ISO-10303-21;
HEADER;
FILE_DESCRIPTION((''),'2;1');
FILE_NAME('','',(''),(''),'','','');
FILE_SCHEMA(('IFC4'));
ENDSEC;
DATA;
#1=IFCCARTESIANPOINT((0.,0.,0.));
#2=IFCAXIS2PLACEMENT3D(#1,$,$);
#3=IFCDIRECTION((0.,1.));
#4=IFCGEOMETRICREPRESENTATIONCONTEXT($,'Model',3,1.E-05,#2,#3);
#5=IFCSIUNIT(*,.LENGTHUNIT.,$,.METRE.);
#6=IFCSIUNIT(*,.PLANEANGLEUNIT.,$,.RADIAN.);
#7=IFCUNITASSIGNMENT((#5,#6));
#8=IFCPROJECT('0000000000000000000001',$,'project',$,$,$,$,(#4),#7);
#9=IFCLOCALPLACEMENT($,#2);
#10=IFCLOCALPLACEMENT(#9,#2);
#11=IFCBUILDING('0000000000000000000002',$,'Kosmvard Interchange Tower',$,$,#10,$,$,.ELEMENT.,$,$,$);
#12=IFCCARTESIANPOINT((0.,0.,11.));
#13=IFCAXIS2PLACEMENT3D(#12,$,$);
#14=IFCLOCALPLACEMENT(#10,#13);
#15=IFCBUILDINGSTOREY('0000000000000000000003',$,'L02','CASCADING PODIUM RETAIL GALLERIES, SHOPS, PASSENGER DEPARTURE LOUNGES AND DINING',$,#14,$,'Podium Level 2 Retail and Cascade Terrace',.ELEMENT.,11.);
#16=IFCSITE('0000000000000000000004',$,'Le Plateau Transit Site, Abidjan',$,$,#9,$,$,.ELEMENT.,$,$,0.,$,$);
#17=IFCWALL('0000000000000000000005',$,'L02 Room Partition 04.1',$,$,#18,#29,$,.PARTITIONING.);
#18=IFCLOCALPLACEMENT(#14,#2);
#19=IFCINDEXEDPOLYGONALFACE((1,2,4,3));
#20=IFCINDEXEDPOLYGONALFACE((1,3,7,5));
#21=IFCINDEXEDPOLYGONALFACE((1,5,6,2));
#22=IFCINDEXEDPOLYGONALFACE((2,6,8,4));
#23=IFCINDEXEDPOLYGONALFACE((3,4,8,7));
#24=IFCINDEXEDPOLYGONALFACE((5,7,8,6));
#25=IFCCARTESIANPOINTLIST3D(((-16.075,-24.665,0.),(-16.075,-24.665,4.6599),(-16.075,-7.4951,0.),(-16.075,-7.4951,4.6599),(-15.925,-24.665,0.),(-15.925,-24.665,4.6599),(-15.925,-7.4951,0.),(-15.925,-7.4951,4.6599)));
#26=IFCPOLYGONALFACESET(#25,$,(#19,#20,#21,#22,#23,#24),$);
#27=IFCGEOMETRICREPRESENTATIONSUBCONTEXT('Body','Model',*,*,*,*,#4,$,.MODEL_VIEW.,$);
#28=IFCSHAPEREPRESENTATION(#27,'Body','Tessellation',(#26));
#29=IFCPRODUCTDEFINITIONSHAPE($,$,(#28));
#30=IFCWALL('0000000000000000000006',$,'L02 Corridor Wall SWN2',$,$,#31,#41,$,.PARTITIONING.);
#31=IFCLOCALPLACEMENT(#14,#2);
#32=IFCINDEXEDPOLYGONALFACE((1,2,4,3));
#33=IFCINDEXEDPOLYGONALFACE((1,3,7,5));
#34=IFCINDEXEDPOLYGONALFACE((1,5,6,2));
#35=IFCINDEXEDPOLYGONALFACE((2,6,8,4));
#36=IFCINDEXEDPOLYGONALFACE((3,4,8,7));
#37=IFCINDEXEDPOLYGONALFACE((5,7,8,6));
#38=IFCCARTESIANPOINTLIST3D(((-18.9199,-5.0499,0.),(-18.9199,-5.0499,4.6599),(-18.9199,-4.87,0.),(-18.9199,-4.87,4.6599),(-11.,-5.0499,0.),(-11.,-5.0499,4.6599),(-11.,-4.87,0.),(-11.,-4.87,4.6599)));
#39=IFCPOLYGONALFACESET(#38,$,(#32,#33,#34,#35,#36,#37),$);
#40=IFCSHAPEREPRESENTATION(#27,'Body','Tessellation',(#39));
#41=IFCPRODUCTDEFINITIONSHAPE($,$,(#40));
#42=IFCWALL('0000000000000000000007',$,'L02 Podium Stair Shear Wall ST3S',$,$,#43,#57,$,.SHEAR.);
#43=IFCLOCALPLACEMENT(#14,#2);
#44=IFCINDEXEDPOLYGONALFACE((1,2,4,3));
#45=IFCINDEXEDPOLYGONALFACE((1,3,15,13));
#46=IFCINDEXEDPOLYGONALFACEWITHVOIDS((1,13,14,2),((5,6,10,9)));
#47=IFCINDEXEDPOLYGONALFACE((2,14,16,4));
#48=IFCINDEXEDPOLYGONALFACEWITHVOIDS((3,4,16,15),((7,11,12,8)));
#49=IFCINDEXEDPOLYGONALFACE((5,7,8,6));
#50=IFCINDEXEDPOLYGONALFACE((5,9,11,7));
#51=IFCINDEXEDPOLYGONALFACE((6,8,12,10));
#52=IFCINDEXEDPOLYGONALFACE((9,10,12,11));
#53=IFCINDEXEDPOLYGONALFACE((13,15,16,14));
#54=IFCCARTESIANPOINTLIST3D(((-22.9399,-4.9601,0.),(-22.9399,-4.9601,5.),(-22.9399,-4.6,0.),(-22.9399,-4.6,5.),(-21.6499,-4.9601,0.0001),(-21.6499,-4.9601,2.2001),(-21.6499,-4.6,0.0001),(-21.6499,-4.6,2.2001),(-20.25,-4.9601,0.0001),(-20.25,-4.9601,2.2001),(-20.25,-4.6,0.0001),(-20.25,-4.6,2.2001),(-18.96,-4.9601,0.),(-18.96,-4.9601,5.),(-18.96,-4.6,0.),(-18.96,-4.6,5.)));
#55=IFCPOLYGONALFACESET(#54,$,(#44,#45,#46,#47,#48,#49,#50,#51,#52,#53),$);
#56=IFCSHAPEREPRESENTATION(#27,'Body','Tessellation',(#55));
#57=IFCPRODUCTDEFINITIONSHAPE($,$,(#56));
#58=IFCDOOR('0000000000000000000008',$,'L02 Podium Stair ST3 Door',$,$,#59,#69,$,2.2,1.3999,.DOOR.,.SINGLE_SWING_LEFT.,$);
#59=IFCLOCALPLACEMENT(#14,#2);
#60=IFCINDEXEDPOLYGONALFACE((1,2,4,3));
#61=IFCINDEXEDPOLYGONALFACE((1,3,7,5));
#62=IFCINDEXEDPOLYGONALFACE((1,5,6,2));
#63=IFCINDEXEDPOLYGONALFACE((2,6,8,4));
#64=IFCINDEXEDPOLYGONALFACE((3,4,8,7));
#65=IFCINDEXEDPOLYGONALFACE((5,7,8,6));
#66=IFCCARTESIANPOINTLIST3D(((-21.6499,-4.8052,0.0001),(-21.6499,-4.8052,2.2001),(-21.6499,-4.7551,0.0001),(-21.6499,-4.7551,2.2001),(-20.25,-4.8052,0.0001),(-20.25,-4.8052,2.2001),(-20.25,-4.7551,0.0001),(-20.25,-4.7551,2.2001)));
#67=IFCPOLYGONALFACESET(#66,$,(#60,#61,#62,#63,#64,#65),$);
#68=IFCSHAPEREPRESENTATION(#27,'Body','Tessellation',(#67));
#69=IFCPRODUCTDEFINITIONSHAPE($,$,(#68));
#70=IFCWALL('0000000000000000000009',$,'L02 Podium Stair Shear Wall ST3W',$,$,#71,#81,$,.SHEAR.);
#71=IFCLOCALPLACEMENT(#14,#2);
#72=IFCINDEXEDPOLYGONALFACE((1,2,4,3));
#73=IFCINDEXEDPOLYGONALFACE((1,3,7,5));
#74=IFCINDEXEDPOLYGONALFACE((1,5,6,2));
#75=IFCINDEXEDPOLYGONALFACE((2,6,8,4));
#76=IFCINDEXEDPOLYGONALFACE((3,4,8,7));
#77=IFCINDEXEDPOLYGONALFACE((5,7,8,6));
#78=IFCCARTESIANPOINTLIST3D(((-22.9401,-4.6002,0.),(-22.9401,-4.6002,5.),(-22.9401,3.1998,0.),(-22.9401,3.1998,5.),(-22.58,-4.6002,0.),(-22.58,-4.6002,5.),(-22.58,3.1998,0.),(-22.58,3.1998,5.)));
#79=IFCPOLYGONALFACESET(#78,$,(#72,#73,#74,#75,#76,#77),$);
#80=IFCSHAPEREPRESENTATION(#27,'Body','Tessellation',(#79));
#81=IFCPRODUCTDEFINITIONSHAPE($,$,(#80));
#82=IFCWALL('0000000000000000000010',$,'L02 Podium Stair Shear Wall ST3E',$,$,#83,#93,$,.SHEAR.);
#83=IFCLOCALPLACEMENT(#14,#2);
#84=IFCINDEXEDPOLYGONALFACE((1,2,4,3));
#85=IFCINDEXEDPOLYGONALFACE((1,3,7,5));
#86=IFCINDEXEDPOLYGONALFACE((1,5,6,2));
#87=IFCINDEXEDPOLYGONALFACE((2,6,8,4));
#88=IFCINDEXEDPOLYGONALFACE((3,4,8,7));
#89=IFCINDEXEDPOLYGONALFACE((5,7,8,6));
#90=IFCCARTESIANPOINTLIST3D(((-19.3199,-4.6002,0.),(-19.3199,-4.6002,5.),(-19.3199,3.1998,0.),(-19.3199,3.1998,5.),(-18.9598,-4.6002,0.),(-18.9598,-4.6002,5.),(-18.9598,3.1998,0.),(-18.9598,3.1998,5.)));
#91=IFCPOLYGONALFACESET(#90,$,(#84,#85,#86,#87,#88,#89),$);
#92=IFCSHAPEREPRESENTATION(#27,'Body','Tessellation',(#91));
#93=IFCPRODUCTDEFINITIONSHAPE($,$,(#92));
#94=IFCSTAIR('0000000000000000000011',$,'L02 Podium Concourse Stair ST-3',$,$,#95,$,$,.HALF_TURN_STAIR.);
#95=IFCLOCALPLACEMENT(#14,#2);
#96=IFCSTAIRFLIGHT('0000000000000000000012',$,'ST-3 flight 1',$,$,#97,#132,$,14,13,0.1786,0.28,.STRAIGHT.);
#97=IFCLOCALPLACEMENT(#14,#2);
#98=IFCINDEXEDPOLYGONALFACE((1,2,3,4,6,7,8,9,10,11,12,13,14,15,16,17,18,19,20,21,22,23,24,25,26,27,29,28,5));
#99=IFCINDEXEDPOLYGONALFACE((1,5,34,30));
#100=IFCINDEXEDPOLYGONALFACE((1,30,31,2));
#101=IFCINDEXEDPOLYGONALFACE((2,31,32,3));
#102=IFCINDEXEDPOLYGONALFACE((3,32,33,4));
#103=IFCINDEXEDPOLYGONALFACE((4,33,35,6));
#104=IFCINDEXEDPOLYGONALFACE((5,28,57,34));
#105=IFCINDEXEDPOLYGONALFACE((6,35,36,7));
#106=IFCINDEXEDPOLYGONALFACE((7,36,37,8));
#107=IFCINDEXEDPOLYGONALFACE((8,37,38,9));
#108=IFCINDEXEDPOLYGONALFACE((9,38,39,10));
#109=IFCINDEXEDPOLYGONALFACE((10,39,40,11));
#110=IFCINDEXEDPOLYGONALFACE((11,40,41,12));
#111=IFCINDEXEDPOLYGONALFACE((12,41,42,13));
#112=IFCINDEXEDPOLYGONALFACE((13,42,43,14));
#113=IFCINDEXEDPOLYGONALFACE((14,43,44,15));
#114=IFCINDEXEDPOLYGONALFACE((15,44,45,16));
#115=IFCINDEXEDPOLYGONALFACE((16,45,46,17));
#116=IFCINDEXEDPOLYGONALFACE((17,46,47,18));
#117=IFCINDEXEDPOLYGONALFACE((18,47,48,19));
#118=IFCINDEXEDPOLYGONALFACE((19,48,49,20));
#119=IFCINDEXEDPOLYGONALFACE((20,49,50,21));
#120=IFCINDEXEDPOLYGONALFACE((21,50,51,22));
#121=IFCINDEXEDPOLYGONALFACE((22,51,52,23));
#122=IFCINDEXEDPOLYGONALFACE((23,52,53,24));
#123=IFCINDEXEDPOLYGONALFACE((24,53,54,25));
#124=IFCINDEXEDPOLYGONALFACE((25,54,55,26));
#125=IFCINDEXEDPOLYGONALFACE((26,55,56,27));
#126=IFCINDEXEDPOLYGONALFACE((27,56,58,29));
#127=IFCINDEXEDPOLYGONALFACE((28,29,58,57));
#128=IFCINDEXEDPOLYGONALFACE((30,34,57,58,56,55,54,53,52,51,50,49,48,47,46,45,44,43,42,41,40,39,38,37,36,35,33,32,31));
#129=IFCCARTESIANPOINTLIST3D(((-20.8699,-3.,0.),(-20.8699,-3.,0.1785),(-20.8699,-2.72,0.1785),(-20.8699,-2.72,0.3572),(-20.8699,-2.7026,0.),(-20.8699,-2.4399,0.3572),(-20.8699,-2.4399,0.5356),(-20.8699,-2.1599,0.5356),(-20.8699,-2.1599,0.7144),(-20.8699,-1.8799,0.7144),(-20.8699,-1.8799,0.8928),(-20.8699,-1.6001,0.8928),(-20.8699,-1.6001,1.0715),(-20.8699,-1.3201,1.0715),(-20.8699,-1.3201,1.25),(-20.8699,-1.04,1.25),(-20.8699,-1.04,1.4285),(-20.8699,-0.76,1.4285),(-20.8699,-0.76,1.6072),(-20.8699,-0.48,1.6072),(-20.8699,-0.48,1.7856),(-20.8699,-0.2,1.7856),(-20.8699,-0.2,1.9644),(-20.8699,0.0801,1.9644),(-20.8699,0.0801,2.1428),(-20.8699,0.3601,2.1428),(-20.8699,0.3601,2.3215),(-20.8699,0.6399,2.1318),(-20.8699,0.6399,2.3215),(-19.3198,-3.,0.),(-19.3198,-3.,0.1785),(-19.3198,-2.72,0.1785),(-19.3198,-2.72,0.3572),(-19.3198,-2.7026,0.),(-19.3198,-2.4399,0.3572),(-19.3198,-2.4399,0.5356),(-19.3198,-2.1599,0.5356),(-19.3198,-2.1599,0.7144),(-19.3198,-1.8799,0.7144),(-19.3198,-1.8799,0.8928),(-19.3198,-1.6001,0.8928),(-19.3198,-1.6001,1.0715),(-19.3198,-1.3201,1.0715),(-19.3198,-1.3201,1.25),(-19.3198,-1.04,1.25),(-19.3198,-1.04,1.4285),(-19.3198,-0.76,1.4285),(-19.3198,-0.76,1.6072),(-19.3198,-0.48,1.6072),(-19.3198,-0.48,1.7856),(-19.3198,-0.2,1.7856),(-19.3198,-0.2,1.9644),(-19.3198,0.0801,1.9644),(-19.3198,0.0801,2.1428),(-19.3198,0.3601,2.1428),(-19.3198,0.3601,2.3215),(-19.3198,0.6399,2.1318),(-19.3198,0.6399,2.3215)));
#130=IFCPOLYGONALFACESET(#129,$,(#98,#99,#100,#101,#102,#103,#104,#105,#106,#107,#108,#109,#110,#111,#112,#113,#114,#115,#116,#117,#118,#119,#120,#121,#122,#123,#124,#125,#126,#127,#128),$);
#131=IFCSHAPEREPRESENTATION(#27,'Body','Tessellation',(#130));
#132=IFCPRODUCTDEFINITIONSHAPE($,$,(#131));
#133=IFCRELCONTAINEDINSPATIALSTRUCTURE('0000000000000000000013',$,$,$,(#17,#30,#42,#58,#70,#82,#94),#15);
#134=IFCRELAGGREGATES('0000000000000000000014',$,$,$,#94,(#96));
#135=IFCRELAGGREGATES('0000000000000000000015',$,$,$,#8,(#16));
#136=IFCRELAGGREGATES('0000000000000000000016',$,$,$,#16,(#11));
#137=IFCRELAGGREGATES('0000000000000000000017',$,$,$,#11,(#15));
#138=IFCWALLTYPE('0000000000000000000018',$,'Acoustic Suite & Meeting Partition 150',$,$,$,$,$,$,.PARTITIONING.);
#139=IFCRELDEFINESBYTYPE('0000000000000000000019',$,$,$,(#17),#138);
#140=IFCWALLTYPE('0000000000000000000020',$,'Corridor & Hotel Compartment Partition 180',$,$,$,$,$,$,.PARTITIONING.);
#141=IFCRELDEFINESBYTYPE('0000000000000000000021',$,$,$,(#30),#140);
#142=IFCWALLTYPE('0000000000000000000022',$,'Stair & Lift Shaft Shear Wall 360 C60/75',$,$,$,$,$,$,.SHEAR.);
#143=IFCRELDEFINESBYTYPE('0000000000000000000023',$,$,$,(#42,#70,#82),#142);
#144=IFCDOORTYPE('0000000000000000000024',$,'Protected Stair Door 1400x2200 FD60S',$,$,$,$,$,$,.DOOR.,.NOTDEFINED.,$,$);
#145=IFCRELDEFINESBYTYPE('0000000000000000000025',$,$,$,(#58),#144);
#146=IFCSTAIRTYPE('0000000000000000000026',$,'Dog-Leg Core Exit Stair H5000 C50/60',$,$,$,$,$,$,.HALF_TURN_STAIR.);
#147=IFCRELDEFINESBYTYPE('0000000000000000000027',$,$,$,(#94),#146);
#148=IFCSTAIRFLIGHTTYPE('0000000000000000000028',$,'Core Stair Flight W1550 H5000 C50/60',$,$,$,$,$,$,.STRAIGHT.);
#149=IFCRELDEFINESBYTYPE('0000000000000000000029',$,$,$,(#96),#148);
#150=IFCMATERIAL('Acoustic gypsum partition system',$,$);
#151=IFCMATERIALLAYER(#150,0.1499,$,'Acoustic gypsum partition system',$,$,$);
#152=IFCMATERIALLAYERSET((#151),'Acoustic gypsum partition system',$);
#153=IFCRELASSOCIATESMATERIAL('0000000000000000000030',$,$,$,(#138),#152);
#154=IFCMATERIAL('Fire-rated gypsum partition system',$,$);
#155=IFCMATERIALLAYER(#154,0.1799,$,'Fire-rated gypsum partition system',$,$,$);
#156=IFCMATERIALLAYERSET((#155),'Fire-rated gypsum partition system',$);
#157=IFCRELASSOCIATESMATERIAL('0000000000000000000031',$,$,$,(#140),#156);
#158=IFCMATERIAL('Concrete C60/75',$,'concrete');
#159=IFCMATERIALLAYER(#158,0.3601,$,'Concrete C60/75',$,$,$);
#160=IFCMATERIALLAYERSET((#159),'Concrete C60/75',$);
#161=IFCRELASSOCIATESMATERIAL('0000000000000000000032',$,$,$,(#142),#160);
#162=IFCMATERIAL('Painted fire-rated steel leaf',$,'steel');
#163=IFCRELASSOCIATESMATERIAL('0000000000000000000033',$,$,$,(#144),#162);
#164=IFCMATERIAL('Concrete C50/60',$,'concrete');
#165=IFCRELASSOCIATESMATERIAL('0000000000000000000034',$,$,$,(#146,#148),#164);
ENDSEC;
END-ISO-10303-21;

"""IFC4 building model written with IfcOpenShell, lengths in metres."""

from ifc_helpers import new_model, si_unit, direction, frame, frame_2d, origin, place, context, subcontext, project, spatial, polyline, rectangle, outline, extrude, source, transform, mapped, material, layer, layer_set, type_object, element, fill, aggregate, save


model = new_model("IFC4")

# Units and contexts
model_context = context("Model", 3, precision=1e-05, world=origin(), true_north=direction((0.0, 1.0)))
body_context = subcontext(model_context, "Body", "Model", "MODEL_VIEW")
ifc_project = project(units=[si_unit("LENGTHUNIT", "METRE"), si_unit("PLANEANGLEUNIT", "RADIAN")], contexts=[model_context])

# Site, building, storey
site_placement = place(None, origin())
site = spatial("IfcSite", under=ifc_project, at=site_placement, Name="Le Plateau Transit Site, Abidjan", CompositionType="ELEMENT", RefElevation=0.0)
building_placement = place(site_placement, origin())
building = spatial("IfcBuilding", under=site, at=building_placement, Name="Kosmvard Interchange Tower", CompositionType="ELEMENT")
storey_placement = place(building_placement, frame((0.0, 0.0, 11.0)))
storey = spatial("IfcBuildingStorey", under=building, at=storey_placement, Name="L02", Description="CASCADING PODIUM RETAIL GALLERIES, SHOPS, PASSENGER DEPARTURE LOUNGES AND DINING", LongName="Podium Level 2 Retail and Cascade Terrace", CompositionType="ELEMENT", Elevation=11.0)

# Shared definitions
ifc_material_1 = material(Name="Concrete C60/75", Category="concrete")

# Walls
ifc_material_2 = material(Name="Acoustic gypsum partition system")
ifc_layer_1 = layer(ifc_material_2, 0.1499, Name="Acoustic gypsum partition system")
ifc_layer_set_1 = layer_set([ifc_layer_1], Name="Acoustic gypsum partition system")
wall_type_1 = type_object("IfcWallType", Name="Acoustic Suite & Meeting Partition 150", PredefinedType="PARTITIONING", material=ifc_layer_set_1)
wall_1_placement = place(storey_placement, frame((-16.0, -24.665, 0.0), z_axis=(0.0, 0.0, 1.0), x_axis=(0.0, 1.0, 0.0)))
element("IfcWall", 1, at=wall_1_placement, inside=storey, type_object=wall_type_1, Name="L02 Room Partition 04.1", PredefinedType="PARTITIONING", context=body_context, shape_type="SweptSolid", body=[
    extrude(rectangle(XDim=17.1699, YDim=0.1499, at=frame_2d((8.585, 0.0))), origin(), (0.0, 0.0, 1.0), 4.6599),
])
ifc_material_3 = material(Name="Fire-rated gypsum partition system")
ifc_layer_2 = layer(ifc_material_3, 0.1799, Name="Fire-rated gypsum partition system")
ifc_layer_set_2 = layer_set([ifc_layer_2], Name="Fire-rated gypsum partition system")
wall_type_2 = type_object("IfcWallType", Name="Corridor & Hotel Compartment Partition 180", PredefinedType="PARTITIONING", material=ifc_layer_set_2)
wall_2_placement = place(storey_placement, frame((-18.9199, -4.96, 0.0), z_axis=(0.0, 0.0, 1.0), x_axis=(1.0, 0.0, 0.0)))
element("IfcWall", 2, at=wall_2_placement, inside=storey, type_object=wall_type_2, Name="L02 Corridor Wall SWN2", PredefinedType="PARTITIONING", context=body_context, shape_type="SweptSolid", body=[
    extrude(rectangle(XDim=7.9199, YDim=0.1799, at=frame_2d((3.96, 0.0))), origin(), (0.0, 0.0, 1.0), 4.6599),
])

# Wall, opening, door
ifc_layer_3 = layer(ifc_material_1, 0.3601, Name="Concrete C60/75")
ifc_layer_set_3 = layer_set([ifc_layer_3], Name="Concrete C60/75")
wall_type_3 = type_object("IfcWallType", Name="Stair & Lift Shaft Shear Wall 360 C60/75", PredefinedType="SHEAR", material=ifc_layer_set_3)
wall_3_placement = place(storey_placement, frame((-22.9399, -4.78, 0.0), z_axis=(0.0, 0.0, 1.0), x_axis=(1.0, 0.0, 0.0)))
wall_3 = element("IfcWall", 3, at=wall_3_placement, inside=storey, type_object=wall_type_3, Name="L02 Podium Stair Shear Wall ST3S", PredefinedType="SHEAR", context=body_context, shape_type="SweptSolid", body=[
    extrude(rectangle(XDim=3.98, YDim=0.3601, at=frame_2d((1.99, 0.0))), origin(), (0.0, 0.0, 1.0), 5.0),
])
opening_placement = place(wall_3_placement, frame((1.29, 0.0, 0.0)))
opening = element("IfcOpeningElement", 4, at=opening_placement, cuts=wall_3, PredefinedType="OPENING", context=body_context, shape_type="SweptSolid", body=[
    extrude(rectangle(XDim=1.3999, YDim=2.2, at=frame_2d((0.7, 1.1001))), frame((0.0, 0.1899, 0.0), z_axis=(0.0, -1.0, 0.0), x_axis=(1.0, 0.0, 0.0)), (0.0, 0.0, 1.0), 0.3801),
])
ifc_material_4 = material(Name="Painted fire-rated steel leaf", Category="steel")
door_type = type_object("IfcDoorType", Name="Protected Stair Door 1400x2200 FD60S", OperationType="NOTDEFINED", PredefinedType="DOOR", material=ifc_material_4)
shared_shape_1 = source(origin(), body_context, "Body", "SweptSolid", [
    extrude(rectangle(XDim=1.3999, YDim=2.2, at=frame_2d((0.7, 1.1001))), frame((0.0, 0.0249, 0.0), z_axis=(0.0, -1.0, 0.0), x_axis=(1.0, 0.0, 0.0)), (0.0, 0.0, 1.0), 0.05),
])
door_placement = place(opening_placement, origin())
door = element("IfcDoor", 5, at=door_placement, inside=storey, type_object=door_type, Name="L02 Podium Stair ST3 Door", OperationType="SINGLE_SWING_LEFT", OverallHeight=2.2, OverallWidth=1.3999, PredefinedType="DOOR", context=body_context, shape_type="MappedRepresentation", body=[
    mapped(shared_shape_1, transform((0.0, 0.0, 0.0), scale=1.0)),
])
fill(opening, door)

# Walls
for number, where, z_axis, x_axis, name in (
    (6, (-22.76, -4.6001, 0.0), (0.0, 0.0, 1.0), (0.0, 1.0, 0.0), "L02 Podium Stair Shear Wall ST3W"),
    (7, (-19.1399, -4.6001, 0.0), (0.0, 0.0, 1.0), (0.0, 1.0, 0.0), "L02 Podium Stair Shear Wall ST3E"),
):
    element("IfcWall", number, at=place(storey_placement, frame(where, z_axis=z_axis, x_axis=x_axis)), inside=storey, type_object=wall_type_3, Name=name, PredefinedType="SHEAR", context=body_context, shape_type="SweptSolid", body=[
        extrude(rectangle(XDim=7.8, YDim=0.3601, at=frame_2d((3.8999, 0.0))), origin(), (0.0, 0.0, 1.0), 5.0),
    ])

# Stair, stair flight
ifc_material_5 = material(Name="Concrete C50/60", Category="concrete")
stair_type = type_object("IfcStairType", Name="Dog-Leg Core Exit Stair H5000 C50/60", PredefinedType="HALF_TURN_STAIR", material=ifc_material_5)
stair_placement = place(storey_placement, origin())
stair = element("IfcStair", 8, at=stair_placement, inside=storey, type_object=stair_type, Name="L02 Podium Concourse Stair ST-3", PredefinedType="HALF_TURN_STAIR")
stair_flight_type = type_object("IfcStairFlightType", Name="Core Stair Flight W1550 H5000 C50/60", PredefinedType="STRAIGHT", material=ifc_material_5)
shared_shape_2 = source(origin(), body_context, "Body", "SweptSolid", [
    extrude(outline(polyline([(0.0, 0.0), (0.0, 0.1785), (0.28, 0.1785), (0.28, 0.3572), (0.5601, 0.3572), (0.5601, 0.5356), (0.8401, 0.5356), (0.8401, 0.7144), (1.1201, 0.7144), (1.1201, 0.8928), (1.3999, 0.8928), (1.3999, 1.0715), (1.6799, 1.0715), (1.6799, 1.25), (1.96, 1.25), (1.96, 1.4285), (2.24, 1.4285), (2.24, 1.6072), (2.52, 1.6072), (2.52, 1.7856), (2.8, 1.7856), (2.8, 1.9644), (3.0801, 1.9644), (3.0801, 2.1428), (3.3601, 2.1428), (3.3601, 2.3215), (3.6399, 2.3215), (3.6399, 2.5), (3.6399, 2.1318), (0.2974, 0.0), (0.0, 0.0)])), frame((0.0, 0.7749, 0.0), z_axis=(0.0, -1.0, 0.0), x_axis=(1.0, 0.0, 0.0)), (0.0, 0.0, 1.0), 1.55),
])
stair_flight_placement = place(storey_placement, frame((-20.095, -3.0, 0.0), z_axis=(0.0, 0.0, 1.0), x_axis=(0.0, 1.0, 0.0)))
stair_flight = element("IfcStairFlight", 9, at=stair_flight_placement, type_object=stair_flight_type, Name="ST-3 flight 1", NumberOfRisers=14, NumberOfTreads=13, PredefinedType="STRAIGHT", RiserHeight=0.1786, TreadLength=0.28, context=body_context, shape_type="MappedRepresentation", body=[
    mapped(shared_shape_2, transform((0.0, 0.0, 0.0), scale=1.0)),
])
aggregate(stair, [stair_flight])

save(model, "model.ifc")
